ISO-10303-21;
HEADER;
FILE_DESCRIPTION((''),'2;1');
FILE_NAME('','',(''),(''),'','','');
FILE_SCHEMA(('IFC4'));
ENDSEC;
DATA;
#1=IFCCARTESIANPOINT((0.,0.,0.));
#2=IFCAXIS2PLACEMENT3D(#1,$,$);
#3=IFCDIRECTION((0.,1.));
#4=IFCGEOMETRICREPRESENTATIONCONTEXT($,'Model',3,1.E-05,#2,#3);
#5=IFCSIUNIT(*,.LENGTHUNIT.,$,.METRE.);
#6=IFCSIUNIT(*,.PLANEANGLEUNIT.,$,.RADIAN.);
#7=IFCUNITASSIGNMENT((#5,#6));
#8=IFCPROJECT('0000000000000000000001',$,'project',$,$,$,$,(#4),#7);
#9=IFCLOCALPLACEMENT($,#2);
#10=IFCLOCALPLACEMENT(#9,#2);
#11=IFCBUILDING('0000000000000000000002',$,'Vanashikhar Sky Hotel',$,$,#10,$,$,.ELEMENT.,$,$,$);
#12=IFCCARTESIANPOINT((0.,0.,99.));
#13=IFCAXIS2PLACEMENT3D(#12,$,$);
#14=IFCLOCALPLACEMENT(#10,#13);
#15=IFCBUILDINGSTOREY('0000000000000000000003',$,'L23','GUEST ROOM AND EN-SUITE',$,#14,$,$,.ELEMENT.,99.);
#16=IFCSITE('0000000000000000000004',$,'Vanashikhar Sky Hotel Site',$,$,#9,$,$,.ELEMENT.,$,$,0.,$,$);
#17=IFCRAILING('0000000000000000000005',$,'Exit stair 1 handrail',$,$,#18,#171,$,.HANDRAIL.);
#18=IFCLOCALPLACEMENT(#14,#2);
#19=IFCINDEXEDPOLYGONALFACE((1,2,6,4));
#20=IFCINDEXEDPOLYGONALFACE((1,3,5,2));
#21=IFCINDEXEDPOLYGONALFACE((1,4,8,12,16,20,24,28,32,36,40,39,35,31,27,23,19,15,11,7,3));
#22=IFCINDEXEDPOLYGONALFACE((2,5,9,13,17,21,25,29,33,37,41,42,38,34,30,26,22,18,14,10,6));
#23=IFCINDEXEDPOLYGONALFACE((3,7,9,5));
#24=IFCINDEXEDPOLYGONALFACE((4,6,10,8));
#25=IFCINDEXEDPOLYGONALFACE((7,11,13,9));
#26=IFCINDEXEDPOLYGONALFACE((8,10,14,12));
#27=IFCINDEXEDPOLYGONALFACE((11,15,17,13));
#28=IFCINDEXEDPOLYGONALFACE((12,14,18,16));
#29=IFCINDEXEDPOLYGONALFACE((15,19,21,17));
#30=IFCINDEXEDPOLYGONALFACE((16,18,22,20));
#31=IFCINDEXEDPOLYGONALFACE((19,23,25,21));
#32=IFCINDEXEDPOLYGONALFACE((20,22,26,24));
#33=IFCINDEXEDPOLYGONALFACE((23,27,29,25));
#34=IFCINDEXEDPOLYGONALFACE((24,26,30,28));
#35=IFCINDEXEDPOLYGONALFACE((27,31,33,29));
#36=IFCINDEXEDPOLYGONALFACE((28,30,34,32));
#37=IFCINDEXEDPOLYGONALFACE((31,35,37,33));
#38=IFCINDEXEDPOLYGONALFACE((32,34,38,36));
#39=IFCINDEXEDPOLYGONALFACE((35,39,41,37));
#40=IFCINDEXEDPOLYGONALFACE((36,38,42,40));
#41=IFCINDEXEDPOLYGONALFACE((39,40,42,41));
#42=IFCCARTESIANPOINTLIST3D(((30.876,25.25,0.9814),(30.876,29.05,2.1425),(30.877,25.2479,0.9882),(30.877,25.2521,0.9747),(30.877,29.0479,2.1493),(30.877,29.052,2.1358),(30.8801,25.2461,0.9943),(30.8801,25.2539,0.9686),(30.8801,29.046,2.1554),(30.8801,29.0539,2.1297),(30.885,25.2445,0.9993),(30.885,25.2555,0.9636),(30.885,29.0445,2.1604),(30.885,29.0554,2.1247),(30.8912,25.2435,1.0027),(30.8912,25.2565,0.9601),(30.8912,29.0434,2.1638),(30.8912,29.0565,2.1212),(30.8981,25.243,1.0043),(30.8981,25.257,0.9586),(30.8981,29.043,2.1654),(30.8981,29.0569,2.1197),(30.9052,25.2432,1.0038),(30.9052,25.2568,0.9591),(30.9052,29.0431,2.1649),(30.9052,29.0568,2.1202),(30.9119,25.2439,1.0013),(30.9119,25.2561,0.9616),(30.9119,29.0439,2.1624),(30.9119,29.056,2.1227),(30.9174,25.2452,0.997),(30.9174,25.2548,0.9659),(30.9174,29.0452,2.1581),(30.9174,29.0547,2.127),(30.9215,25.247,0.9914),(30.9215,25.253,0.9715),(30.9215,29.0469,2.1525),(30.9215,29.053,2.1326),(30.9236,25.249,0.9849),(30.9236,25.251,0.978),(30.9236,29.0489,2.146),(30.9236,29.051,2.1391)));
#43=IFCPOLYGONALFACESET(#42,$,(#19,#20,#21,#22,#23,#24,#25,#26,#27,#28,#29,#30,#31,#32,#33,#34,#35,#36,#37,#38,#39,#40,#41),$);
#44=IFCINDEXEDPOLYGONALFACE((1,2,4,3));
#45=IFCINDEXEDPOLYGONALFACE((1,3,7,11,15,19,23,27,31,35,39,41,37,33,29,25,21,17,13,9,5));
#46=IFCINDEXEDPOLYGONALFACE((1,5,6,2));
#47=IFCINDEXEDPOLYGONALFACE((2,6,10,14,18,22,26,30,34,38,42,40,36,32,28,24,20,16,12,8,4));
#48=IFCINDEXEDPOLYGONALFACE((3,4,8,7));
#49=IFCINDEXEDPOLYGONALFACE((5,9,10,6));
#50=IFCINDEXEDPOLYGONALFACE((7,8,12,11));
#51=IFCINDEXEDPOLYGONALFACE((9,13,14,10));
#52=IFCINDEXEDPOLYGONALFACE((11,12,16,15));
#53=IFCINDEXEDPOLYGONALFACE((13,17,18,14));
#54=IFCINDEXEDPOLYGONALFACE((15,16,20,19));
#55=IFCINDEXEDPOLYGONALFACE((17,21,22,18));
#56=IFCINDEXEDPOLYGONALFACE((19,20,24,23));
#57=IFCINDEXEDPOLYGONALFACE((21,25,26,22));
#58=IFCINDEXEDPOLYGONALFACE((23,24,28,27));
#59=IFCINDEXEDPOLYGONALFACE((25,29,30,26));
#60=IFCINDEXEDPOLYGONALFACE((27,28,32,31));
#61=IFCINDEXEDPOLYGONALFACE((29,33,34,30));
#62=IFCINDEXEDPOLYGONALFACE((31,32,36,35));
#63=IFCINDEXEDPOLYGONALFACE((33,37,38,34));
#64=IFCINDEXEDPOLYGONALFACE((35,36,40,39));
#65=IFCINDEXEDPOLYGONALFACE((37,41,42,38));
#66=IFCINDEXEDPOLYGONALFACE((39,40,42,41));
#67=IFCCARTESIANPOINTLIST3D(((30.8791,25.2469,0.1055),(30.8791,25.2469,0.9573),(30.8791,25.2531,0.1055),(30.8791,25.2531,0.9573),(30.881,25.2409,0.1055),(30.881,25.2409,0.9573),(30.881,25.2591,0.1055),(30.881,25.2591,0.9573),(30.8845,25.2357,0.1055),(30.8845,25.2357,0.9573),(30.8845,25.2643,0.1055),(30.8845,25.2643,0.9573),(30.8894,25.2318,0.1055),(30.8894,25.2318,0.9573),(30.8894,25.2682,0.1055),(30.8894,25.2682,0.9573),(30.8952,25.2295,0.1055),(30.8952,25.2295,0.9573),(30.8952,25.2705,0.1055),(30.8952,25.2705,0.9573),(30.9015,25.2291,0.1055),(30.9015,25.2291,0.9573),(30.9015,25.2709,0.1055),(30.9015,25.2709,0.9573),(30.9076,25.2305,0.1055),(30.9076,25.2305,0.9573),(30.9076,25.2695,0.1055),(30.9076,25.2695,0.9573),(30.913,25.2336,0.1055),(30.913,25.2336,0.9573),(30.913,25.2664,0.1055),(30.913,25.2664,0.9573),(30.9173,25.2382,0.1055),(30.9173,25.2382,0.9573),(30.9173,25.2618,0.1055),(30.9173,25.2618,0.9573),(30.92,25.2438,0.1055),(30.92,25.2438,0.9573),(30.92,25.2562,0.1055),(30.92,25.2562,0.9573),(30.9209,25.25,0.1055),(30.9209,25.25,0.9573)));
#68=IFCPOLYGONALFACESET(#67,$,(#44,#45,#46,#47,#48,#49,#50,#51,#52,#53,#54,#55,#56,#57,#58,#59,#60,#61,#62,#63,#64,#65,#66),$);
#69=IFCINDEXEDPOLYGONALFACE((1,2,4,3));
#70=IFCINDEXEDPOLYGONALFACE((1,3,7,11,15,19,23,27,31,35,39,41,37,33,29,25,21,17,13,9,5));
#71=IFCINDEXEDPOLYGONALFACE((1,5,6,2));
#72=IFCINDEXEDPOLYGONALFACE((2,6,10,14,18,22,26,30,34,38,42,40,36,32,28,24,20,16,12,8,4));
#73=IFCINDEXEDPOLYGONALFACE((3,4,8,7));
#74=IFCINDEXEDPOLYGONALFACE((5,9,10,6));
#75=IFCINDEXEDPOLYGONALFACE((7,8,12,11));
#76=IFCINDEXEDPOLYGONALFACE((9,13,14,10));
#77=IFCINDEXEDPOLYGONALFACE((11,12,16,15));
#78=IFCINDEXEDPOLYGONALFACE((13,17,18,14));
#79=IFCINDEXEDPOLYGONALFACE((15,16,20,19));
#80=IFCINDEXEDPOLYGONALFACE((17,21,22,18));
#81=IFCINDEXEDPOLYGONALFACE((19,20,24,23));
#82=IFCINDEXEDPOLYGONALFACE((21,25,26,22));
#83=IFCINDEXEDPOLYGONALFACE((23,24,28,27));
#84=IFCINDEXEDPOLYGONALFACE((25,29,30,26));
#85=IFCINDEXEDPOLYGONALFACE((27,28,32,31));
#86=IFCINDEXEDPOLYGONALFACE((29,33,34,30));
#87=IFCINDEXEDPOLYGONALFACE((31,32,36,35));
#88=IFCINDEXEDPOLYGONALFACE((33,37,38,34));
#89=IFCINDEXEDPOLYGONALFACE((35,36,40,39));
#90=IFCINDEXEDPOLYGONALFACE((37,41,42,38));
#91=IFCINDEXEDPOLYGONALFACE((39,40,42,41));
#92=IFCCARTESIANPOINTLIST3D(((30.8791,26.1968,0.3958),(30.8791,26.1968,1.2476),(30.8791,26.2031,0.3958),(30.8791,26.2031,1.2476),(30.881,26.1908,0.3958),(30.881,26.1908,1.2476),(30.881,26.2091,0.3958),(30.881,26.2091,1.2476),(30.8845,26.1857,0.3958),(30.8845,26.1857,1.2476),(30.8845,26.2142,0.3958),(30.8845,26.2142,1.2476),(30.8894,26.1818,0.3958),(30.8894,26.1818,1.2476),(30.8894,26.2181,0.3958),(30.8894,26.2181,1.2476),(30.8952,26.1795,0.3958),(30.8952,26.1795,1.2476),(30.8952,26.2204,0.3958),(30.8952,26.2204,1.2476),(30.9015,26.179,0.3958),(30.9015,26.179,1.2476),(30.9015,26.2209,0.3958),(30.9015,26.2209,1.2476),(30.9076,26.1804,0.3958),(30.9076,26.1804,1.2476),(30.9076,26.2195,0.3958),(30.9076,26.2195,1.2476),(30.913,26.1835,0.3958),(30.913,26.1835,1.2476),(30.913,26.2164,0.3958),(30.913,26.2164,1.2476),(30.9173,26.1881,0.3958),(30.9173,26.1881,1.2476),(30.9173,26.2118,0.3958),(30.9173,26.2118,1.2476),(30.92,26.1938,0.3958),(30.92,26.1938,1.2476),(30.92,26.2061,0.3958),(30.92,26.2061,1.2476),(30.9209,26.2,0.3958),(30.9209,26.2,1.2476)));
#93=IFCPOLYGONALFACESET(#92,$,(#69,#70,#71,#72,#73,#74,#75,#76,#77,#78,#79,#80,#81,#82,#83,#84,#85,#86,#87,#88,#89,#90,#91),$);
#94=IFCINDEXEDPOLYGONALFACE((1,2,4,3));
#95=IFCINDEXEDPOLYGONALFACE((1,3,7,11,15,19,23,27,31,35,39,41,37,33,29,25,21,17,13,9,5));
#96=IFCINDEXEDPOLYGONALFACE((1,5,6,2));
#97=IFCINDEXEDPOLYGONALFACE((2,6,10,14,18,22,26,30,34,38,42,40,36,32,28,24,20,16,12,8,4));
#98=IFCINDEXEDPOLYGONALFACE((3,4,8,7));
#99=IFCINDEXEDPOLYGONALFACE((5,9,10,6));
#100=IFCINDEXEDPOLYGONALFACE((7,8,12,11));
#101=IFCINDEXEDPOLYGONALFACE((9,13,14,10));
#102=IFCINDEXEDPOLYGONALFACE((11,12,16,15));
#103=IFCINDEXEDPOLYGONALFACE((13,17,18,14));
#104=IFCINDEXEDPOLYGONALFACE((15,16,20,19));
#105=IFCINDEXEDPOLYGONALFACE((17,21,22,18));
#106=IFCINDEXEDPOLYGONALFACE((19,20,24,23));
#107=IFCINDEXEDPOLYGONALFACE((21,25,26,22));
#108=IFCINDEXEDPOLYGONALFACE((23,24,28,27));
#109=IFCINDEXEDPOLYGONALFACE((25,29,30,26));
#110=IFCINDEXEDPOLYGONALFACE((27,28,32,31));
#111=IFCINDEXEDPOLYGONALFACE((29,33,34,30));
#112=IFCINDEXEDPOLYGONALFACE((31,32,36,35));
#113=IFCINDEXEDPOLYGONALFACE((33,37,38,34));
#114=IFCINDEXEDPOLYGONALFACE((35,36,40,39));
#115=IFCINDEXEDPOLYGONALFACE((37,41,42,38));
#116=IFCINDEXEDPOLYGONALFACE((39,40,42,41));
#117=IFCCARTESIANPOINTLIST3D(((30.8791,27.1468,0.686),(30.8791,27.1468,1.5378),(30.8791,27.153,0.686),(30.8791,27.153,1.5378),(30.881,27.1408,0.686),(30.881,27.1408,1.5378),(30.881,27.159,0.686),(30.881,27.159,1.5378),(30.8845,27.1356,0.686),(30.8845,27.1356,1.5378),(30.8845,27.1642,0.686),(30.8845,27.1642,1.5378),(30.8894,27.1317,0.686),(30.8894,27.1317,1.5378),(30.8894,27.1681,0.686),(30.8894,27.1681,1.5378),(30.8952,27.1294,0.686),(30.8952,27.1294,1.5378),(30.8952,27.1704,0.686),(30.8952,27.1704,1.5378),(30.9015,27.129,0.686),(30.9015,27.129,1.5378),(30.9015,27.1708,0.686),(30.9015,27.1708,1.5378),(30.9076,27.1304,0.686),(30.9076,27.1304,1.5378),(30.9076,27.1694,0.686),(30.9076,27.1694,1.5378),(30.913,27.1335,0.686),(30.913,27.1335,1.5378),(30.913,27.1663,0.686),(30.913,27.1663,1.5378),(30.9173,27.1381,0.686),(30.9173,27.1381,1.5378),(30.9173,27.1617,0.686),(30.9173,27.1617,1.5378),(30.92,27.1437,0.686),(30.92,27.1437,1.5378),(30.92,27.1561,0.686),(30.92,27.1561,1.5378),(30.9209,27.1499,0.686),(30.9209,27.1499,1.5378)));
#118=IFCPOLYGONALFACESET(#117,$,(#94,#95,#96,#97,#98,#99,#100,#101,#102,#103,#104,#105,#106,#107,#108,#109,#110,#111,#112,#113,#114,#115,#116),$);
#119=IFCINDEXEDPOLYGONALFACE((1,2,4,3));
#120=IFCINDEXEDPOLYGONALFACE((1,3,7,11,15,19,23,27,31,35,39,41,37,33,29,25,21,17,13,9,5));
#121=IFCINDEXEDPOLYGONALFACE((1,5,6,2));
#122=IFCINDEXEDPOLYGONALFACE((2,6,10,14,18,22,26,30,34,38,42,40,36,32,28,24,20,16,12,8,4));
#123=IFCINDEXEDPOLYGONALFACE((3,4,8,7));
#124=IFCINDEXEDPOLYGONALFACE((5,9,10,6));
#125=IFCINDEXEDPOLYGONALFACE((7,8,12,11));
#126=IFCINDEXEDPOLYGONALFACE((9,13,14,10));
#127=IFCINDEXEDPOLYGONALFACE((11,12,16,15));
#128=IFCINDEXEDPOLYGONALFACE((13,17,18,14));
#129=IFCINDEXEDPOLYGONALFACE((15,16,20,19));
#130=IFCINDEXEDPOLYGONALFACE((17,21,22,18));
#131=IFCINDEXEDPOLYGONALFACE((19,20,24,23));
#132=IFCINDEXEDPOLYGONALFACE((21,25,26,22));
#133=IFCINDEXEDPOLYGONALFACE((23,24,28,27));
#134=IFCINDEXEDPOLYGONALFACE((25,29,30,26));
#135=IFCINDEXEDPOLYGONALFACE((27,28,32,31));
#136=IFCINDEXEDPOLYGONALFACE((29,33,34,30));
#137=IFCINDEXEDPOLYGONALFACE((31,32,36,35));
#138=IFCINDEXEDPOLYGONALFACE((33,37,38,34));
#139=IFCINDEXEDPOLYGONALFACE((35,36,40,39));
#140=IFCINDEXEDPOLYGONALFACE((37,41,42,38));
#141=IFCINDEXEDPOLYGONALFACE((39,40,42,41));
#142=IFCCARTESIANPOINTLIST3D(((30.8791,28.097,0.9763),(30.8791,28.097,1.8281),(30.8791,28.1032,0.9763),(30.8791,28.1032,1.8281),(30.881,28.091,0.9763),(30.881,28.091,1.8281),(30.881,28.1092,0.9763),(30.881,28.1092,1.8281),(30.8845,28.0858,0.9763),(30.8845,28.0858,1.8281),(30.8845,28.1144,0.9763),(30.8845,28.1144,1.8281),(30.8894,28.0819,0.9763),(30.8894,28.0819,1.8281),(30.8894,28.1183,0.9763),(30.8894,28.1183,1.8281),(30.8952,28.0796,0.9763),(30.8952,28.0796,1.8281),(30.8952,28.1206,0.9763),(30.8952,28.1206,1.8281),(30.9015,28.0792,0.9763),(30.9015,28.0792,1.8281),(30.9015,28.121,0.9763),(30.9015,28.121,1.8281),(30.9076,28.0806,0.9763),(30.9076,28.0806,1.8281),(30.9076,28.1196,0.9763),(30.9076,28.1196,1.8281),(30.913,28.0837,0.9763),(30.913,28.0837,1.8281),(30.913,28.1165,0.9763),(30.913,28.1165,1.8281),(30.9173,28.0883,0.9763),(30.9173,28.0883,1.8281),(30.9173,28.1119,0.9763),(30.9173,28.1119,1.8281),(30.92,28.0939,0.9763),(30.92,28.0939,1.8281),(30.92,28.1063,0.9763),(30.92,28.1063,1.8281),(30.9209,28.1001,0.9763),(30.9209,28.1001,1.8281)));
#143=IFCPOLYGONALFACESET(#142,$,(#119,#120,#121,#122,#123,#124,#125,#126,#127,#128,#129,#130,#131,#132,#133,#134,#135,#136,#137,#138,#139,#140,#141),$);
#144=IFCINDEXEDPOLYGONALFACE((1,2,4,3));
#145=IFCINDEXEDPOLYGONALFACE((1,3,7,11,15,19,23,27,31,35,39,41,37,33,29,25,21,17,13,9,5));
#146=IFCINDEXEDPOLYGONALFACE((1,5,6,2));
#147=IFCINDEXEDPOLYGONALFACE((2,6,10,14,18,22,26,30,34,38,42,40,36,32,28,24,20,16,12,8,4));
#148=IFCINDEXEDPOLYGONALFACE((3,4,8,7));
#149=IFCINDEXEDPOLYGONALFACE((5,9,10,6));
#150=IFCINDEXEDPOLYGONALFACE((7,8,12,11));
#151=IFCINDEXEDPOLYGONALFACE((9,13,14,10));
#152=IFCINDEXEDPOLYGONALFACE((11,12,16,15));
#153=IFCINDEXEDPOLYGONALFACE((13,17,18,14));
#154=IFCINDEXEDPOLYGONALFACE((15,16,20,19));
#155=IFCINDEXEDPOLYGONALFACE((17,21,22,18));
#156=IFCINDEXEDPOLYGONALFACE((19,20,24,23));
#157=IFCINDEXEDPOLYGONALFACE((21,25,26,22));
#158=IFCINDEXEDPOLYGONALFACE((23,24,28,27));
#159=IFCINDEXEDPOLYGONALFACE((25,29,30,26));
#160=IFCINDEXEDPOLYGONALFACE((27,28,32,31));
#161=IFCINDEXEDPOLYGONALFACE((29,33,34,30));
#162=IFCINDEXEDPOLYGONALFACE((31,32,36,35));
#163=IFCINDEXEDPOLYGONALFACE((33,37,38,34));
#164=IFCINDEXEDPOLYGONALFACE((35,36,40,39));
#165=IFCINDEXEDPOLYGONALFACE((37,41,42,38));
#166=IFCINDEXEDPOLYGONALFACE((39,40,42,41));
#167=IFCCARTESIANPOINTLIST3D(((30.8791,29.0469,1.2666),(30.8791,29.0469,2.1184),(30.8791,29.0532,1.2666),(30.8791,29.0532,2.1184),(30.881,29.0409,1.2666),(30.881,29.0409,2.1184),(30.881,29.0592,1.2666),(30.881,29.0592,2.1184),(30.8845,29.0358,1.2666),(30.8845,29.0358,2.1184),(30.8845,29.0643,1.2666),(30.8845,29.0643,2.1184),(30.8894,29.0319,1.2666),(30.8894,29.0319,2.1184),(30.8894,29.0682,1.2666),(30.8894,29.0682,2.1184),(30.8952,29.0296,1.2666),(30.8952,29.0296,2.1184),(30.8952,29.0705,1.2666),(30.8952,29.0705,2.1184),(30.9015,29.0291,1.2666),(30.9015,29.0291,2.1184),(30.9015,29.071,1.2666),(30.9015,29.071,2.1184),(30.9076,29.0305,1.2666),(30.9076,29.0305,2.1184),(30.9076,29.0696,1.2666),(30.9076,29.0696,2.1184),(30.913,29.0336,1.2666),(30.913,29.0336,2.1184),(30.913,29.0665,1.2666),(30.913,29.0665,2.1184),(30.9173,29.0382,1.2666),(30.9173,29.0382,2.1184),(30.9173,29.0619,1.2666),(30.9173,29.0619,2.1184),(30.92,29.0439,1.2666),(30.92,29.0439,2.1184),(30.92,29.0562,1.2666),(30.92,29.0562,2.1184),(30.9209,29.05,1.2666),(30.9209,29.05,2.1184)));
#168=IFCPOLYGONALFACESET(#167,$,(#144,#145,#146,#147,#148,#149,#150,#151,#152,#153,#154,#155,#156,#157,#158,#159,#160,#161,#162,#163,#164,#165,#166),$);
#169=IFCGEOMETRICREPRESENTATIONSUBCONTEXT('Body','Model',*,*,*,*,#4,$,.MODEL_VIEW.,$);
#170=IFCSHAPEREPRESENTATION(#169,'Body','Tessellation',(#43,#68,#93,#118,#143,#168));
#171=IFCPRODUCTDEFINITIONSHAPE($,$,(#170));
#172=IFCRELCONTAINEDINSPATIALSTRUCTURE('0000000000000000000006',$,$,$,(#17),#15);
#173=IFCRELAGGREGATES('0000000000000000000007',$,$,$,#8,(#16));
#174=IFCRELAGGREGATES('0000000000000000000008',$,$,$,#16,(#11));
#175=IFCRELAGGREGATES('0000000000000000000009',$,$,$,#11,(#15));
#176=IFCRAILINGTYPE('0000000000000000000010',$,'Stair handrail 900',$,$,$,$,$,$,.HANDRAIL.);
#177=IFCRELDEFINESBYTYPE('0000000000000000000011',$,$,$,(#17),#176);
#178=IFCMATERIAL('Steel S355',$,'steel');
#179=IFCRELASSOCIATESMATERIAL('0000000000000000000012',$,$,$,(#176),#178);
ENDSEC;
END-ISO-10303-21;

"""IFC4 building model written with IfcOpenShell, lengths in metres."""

from ifc_helpers import new_model, si_unit, direction, frame, origin, origin_2d, place, context, subcontext, project, spatial, circle, extrude, source, transform, mapped, material, type_object, element, save


model = new_model("IFC4")

# Units and contexts
model_context = context("Model", 3, precision=1e-05, world=origin(), true_north=direction((0.0, 1.0)))
body_context = subcontext(model_context, "Body", "Model", "MODEL_VIEW")
ifc_project = project(units=[si_unit("LENGTHUNIT", "METRE"), si_unit("PLANEANGLEUNIT", "RADIAN")], contexts=[model_context])

# Site, building, storey
site_placement = place(None, origin())
site = spatial("IfcSite", under=ifc_project, at=site_placement, Name="Vanashikhar Sky Hotel Site", CompositionType="ELEMENT", RefElevation=0.0)
building_placement = place(site_placement, origin())
building = spatial("IfcBuilding", under=site, at=building_placement, Name="Vanashikhar Sky Hotel", CompositionType="ELEMENT")
storey_placement = place(building_placement, frame((0.0, 0.0, 99.0)))
storey = spatial("IfcBuildingStorey", under=building, at=storey_placement, Name="L23", Description="GUEST ROOM AND EN-SUITE", CompositionType="ELEMENT", Elevation=99.0)

# Railing
ifc_material_1 = material(Name="Steel S355", Category="steel")
railing_type = type_object("IfcRailingType", Name="Stair handrail 900", PredefinedType="HANDRAIL", material=ifc_material_1)
shared_shape_1 = source(origin(), body_context, "Body", "SweptSolid", [
    extrude(circle(Radius=0.0239, at=origin_2d()), frame((0.0, 0.0, 0.876), z_axis=(0.0, 0.956351, 0.29222), x_axis=(-1.0, 0.0, 0.0)), (0.0, 0.0, 1.0), 3.9734),
    extrude(circle(Radius=0.021, at=origin_2d()), origin(), (0.0, 0.0, 1.0), 0.8518),
    extrude(circle(Radius=0.021, at=origin_2d()), frame((0.0, 0.95, 0.2903)), (0.0, 0.0, 1.0), 0.8518),
    extrude(circle(Radius=0.021, at=origin_2d()), frame((0.0, 1.8999, 0.5806)), (0.0, 0.0, 1.0), 0.8518),
    extrude(circle(Radius=0.021, at=origin_2d()), frame((0.0, 2.8501, 0.8708)), (0.0, 0.0, 1.0), 0.8518),
    extrude(circle(Radius=0.021, at=origin_2d()), frame((0.0, 3.8, 1.1611)), (0.0, 0.0, 1.0), 0.8518),
])
for number, where, name in (
    (1, (30.8999, 25.25, 0.1055), "Exit stair 1 handrail"),
):
    element("IfcRailing", number, at=place(storey_placement, frame(where)), inside=storey, type_object=railing_type, Name=name, PredefinedType="HANDRAIL", context=body_context, shape_type="MappedRepresentation", body=[
        mapped(shared_shape_1, transform((0.0, 0.0, 0.0), scale=1.0)),
    ])

save(model, "model.ifc")
